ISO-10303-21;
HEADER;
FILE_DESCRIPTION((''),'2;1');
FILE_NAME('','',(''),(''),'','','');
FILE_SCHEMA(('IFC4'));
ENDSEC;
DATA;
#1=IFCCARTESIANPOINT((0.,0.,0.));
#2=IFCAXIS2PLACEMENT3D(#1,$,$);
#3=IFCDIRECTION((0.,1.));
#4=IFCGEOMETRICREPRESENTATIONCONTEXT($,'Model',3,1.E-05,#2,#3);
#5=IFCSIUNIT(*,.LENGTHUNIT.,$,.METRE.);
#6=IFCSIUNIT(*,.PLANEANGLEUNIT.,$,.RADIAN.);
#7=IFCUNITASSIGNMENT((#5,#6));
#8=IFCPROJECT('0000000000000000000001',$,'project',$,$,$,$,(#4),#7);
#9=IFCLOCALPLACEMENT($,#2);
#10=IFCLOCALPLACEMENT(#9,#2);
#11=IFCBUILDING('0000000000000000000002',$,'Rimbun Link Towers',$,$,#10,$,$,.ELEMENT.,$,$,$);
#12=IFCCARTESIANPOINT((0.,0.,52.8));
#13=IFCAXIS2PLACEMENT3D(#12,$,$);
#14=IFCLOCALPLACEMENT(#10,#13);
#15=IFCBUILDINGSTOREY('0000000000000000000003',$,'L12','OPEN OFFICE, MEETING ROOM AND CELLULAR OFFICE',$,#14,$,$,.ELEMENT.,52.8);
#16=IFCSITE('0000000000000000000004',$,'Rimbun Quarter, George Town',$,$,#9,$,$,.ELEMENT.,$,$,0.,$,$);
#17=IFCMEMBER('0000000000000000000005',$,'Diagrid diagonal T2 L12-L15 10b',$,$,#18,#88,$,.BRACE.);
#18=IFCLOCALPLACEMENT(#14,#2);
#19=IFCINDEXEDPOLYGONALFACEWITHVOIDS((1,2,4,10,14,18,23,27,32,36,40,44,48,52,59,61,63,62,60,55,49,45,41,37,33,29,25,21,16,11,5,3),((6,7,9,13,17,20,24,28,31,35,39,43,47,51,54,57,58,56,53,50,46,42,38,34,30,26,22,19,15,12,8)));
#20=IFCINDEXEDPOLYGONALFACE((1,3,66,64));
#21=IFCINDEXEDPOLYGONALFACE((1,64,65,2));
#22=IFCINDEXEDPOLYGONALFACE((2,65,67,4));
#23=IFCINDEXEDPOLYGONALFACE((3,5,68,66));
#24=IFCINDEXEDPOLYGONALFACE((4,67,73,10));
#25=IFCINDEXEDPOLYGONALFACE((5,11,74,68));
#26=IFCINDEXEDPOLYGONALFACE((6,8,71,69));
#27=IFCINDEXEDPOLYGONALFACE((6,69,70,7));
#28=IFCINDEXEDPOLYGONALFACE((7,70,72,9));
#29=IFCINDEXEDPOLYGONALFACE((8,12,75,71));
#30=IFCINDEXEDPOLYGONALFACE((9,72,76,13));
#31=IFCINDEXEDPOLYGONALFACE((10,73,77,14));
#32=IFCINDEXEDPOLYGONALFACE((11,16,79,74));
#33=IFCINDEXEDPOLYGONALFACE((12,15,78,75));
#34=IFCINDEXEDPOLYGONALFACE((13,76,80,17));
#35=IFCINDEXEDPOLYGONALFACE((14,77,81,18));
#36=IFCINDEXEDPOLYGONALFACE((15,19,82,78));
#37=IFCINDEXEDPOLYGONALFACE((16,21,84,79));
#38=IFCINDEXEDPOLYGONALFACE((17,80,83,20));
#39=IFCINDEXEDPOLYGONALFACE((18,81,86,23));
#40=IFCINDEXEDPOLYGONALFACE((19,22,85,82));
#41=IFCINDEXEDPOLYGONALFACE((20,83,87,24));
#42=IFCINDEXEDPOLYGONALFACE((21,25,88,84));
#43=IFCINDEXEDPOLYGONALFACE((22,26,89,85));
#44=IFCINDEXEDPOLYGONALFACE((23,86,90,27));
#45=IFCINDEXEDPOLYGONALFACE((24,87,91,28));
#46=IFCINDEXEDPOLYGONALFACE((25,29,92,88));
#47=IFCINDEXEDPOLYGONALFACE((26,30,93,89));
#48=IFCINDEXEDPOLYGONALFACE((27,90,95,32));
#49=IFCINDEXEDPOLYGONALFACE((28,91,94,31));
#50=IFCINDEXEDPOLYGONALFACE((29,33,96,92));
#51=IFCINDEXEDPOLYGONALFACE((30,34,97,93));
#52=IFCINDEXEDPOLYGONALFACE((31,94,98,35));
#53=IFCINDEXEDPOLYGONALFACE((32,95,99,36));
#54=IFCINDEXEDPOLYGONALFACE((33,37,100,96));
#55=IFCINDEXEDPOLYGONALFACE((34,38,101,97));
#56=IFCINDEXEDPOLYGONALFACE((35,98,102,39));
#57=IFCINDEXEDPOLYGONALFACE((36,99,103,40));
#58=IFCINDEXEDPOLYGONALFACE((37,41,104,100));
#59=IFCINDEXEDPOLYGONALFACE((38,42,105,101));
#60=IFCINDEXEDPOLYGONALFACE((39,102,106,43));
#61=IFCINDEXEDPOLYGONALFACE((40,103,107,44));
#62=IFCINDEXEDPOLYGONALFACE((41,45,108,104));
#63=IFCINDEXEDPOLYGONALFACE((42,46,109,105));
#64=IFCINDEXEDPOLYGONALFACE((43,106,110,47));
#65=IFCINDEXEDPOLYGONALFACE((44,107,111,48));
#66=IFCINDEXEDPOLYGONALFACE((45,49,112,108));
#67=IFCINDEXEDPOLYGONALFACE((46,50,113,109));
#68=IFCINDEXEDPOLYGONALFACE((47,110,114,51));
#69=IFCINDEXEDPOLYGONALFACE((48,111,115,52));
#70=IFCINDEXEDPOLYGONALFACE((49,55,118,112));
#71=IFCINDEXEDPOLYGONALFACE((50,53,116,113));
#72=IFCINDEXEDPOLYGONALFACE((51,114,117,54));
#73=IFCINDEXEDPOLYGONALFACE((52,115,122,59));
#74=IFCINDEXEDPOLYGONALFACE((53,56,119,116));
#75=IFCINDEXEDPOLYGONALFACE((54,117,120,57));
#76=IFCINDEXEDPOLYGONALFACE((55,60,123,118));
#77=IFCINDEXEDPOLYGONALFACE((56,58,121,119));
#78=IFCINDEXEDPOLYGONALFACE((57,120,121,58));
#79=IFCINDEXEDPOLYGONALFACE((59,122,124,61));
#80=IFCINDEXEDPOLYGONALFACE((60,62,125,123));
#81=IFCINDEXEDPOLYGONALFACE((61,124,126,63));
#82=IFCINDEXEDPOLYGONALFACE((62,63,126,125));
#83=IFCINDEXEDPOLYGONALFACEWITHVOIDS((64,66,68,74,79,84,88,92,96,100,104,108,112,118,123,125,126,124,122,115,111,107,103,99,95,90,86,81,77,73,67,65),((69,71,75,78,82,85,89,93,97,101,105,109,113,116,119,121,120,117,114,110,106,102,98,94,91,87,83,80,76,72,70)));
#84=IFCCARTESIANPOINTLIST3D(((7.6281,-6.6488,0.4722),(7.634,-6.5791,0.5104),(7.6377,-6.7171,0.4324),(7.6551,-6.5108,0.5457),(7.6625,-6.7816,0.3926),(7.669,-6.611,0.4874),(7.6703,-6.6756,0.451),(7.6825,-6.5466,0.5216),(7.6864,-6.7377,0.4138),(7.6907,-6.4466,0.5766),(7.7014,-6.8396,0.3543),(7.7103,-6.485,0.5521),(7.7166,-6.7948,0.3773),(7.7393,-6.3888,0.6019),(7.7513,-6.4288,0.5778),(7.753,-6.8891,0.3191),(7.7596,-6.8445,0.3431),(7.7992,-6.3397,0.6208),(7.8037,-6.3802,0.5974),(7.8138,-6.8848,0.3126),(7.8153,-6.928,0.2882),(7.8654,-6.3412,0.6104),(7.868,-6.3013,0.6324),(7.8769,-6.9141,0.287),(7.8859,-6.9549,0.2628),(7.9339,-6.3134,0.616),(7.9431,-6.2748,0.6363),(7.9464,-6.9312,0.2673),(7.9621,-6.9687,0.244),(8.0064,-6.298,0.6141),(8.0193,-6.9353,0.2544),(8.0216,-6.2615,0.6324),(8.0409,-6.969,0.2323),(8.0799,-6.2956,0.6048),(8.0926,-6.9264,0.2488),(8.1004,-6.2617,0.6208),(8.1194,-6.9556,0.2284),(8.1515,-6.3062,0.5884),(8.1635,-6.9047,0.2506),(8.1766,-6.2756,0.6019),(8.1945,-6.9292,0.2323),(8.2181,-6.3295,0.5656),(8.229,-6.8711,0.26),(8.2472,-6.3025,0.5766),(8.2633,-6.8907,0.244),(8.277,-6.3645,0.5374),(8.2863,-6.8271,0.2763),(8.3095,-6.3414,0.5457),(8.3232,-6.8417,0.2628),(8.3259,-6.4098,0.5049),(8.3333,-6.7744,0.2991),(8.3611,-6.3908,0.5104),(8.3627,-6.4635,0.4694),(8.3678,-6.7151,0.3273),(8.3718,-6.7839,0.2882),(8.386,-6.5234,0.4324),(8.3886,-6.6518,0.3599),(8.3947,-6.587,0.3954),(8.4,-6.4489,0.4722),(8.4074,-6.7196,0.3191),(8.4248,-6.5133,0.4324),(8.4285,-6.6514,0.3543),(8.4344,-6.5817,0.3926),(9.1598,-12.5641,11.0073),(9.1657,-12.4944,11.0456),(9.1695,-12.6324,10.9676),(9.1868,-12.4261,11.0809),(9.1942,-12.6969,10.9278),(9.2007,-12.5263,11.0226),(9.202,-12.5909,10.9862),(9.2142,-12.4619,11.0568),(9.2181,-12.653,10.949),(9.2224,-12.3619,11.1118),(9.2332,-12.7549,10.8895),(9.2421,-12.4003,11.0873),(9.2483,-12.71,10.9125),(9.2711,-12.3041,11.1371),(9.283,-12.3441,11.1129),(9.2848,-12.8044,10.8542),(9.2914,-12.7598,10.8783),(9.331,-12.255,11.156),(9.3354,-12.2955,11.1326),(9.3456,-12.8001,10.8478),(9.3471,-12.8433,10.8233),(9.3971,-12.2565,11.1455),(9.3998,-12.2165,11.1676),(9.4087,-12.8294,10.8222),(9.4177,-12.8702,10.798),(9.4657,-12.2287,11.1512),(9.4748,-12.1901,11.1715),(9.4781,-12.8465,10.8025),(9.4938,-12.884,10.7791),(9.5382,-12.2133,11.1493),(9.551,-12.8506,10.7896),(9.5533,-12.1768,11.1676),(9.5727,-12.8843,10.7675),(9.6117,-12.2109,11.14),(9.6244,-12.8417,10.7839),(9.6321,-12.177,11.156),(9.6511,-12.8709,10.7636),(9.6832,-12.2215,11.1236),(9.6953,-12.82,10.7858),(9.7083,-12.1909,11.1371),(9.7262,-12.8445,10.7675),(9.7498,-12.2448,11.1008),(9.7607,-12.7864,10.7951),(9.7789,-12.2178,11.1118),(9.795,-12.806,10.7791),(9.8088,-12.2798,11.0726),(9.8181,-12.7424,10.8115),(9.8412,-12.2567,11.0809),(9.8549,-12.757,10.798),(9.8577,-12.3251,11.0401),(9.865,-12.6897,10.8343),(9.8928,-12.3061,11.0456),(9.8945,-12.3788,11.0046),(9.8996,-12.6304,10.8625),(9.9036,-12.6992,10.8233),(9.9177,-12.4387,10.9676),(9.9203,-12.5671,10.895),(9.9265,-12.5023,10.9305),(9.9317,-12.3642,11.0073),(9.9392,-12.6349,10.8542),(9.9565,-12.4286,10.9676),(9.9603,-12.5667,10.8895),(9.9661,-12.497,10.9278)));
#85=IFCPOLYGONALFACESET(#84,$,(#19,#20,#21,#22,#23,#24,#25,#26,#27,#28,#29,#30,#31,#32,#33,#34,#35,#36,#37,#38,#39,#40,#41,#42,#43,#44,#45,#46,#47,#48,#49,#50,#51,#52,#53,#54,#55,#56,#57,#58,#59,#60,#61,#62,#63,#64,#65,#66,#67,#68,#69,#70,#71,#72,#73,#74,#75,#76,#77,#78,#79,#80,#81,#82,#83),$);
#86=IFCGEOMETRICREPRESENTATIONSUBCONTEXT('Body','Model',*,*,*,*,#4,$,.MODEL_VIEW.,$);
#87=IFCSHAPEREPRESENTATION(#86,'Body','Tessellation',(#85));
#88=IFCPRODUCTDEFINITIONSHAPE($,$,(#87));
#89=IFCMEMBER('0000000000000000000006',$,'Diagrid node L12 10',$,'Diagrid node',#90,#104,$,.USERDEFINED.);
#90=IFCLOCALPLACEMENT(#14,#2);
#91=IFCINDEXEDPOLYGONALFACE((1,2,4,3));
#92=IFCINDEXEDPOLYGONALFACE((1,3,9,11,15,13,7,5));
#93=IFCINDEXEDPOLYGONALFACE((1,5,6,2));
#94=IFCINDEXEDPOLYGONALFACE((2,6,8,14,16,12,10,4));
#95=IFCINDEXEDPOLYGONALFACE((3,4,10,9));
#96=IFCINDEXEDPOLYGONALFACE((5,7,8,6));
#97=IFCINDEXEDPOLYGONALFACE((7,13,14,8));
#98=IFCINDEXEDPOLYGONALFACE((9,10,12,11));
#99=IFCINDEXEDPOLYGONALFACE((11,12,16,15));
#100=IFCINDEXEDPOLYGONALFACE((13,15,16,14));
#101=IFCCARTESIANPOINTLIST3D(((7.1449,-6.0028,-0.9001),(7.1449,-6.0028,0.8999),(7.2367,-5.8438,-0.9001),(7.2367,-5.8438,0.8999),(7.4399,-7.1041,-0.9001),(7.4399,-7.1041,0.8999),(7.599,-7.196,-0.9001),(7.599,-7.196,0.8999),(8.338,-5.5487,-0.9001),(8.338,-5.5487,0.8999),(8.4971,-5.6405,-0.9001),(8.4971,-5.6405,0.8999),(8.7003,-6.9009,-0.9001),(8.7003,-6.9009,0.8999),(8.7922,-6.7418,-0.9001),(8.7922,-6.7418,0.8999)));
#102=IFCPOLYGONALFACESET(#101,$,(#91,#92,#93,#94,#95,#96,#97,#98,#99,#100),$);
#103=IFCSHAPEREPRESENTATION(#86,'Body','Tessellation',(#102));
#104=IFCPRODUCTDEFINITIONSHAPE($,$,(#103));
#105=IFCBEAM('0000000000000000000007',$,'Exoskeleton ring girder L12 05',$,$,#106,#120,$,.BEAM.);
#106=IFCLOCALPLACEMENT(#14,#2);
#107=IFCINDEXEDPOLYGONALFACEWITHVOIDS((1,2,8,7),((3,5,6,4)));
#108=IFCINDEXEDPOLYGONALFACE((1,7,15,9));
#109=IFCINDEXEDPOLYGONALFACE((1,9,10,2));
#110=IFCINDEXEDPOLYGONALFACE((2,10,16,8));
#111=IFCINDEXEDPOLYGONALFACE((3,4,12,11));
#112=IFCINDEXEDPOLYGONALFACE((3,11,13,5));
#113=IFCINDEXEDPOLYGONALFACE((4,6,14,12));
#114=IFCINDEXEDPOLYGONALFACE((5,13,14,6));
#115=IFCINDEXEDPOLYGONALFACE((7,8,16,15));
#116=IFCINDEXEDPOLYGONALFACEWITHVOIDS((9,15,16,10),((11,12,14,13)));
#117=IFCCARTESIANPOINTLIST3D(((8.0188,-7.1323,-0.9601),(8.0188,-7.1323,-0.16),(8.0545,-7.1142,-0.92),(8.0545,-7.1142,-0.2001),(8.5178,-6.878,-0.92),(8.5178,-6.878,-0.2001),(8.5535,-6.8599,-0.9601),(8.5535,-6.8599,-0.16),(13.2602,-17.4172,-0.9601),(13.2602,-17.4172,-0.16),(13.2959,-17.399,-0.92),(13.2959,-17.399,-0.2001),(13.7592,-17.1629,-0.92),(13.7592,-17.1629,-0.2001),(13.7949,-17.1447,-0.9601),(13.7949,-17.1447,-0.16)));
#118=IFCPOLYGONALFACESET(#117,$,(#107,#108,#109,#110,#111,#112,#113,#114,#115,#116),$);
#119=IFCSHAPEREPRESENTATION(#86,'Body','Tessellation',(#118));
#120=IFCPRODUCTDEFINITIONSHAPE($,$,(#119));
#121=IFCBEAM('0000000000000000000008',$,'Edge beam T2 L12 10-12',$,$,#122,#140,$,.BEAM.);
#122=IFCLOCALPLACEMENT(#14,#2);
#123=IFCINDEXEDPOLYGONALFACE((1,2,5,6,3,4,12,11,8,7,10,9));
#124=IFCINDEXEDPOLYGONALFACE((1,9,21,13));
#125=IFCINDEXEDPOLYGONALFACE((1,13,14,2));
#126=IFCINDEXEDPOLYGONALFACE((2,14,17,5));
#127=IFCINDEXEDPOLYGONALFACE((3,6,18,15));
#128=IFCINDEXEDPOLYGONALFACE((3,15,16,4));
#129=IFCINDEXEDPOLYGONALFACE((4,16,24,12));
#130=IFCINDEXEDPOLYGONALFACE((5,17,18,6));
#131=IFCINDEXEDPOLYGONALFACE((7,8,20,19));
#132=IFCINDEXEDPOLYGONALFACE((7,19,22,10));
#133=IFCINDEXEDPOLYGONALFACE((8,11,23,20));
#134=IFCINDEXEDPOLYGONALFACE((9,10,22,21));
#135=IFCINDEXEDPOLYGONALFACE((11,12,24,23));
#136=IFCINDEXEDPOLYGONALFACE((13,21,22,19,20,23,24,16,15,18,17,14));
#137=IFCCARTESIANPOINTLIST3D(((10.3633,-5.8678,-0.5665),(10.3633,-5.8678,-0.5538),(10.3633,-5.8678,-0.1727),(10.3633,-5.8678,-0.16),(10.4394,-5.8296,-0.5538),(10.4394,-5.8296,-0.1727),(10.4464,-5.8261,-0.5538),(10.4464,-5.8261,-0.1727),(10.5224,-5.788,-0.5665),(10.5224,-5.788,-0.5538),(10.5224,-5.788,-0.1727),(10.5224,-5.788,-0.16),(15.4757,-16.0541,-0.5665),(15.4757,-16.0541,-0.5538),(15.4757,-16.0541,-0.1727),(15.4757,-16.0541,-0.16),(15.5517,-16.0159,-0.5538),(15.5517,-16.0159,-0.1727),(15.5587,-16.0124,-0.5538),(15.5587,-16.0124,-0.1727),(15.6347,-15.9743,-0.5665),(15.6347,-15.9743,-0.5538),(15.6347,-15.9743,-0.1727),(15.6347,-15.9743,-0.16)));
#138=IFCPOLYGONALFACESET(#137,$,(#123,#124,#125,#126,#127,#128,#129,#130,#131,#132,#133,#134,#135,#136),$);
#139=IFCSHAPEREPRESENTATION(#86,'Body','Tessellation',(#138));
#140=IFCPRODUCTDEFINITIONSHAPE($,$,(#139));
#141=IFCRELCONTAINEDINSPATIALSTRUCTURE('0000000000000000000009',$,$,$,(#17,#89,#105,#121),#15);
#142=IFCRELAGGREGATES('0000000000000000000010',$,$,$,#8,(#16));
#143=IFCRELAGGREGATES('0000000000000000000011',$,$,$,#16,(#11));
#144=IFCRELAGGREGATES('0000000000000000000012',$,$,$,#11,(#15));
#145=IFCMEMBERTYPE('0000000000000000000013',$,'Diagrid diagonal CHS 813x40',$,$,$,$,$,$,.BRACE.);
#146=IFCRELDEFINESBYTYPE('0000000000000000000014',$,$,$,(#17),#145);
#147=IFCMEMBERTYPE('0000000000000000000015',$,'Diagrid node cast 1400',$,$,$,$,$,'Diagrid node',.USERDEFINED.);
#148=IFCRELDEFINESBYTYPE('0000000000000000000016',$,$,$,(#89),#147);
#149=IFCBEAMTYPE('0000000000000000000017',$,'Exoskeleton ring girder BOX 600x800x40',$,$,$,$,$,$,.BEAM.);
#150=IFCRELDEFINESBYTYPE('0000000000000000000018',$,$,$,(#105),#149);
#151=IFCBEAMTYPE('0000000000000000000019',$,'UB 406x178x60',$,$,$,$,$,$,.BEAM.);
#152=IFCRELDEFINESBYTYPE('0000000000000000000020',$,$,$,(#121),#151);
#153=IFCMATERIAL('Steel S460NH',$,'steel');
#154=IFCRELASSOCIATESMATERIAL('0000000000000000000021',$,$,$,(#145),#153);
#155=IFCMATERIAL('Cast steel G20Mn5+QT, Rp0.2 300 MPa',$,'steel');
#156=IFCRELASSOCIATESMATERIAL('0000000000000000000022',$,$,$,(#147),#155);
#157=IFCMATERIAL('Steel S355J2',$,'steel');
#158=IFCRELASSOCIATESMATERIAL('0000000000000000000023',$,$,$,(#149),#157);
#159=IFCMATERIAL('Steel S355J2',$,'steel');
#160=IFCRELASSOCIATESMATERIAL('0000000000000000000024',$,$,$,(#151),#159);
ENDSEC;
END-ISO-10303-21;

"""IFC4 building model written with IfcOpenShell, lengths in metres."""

from ifc_helpers import new_model, si_unit, direction, frame, origin, origin_2d, place, context, subcontext, project, spatial, polyline, hollow_rectangle, hollow_circle, i_section, outline, extrude, material, material_profile, profile_set, type_object, element, save


model = new_model("IFC4")

# Units and contexts
model_context = context("Model", 3, precision=1e-05, world=origin(), true_north=direction((0.0, 1.0)))
body_context = subcontext(model_context, "Body", "Model", "MODEL_VIEW")
ifc_project = project(units=[si_unit("LENGTHUNIT", "METRE"), si_unit("PLANEANGLEUNIT", "RADIAN")], contexts=[model_context])

# Site, building, storey
site_placement = place(None, origin())
site = spatial("IfcSite", under=ifc_project, at=site_placement, Name="Rimbun Quarter, George Town", CompositionType="ELEMENT", RefElevation=0.0)
building_placement = place(site_placement, origin())
building = spatial("IfcBuilding", under=site, at=building_placement, Name="Rimbun Link Towers", CompositionType="ELEMENT")
storey_placement = place(building_placement, frame((0.0, 0.0, 52.8)))
storey = spatial("IfcBuildingStorey", under=building, at=storey_placement, Name="L12", Description="OPEN OFFICE, MEETING ROOM AND CELLULAR OFFICE", CompositionType="ELEMENT", Elevation=52.8)

# Members
ifc_material_1 = material(Name="Steel S460NH", Category="steel")
ifc_material_profile_1 = material_profile(ifc_material_1, hollow_circle(Radius=0.4065, WallThickness=0.04, at=origin_2d()), Name="Diagrid diagonal CHS 813x40")
ifc_profile_set_1 = profile_set([ifc_material_profile_1], Name="Steel S460NH")
member_type_1 = type_object("IfcMemberType", Name="Diagrid diagonal CHS 813x40", PredefinedType="BRACE", material=ifc_profile_set_1)
member_1_placement = place(storey_placement, frame((8.0312, -6.6152, 0.4324), z_axis=(0.12577, -0.485698, 0.865031), x_axis=(0.968071, 0.250678, 0.0)))
element("IfcMember", 1, at=member_1_placement, inside=storey, type_object=member_type_1, Name="Diagrid diagonal T2 L12-L15 10b", PredefinedType="BRACE", context=body_context, shape_type="SweptSolid", body=[
    extrude(hollow_circle(Radius=0.4065, WallThickness=0.04, at=origin_2d()), origin(), (0.0, 0.0, 1.0), 12.179),
])
ifc_material_2 = material(Name="Cast steel G20Mn5+QT, Rp0.2 300 MPa", Category="steel")
ifc_material_profile_2 = material_profile(ifc_material_2, outline(polyline([(0.7, -0.5701), (0.7, 0.5701), (0.5701, 0.7), (-0.5701, 0.7), (-0.7, 0.5701), (-0.7, -0.5701), (-0.5701, -0.7), (0.5701, -0.7), (0.7, -0.5701)])), Name="NODE 1400x1400")
ifc_profile_set_2 = profile_set([ifc_material_profile_2], Name="Cast steel G20Mn5+QT, Rp0.2 300 MPa")
member_type_2 = type_object("IfcMemberType", Name="Diagrid node cast 1400", ElementType="Diagrid node", PredefinedType="USERDEFINED", material=ifc_profile_set_2)
member_2_placement = place(storey_placement, frame((7.9685, -6.3723, -0.9001), z_axis=(0.0, 0.0, 1.0), x_axis=(-0.965926, -0.258819, 0.0)))
element("IfcMember", 2, at=member_2_placement, inside=storey, type_object=member_type_2, Name="Diagrid node L12 10", ObjectType="Diagrid node", PredefinedType="USERDEFINED", context=body_context, shape_type="SweptSolid", body=[
    extrude(outline(polyline([(0.7, -0.5701), (0.7, 0.5701), (0.5701, 0.7), (-0.5701, 0.7), (-0.7, 0.5701), (-0.7, -0.5701), (-0.5701, -0.7), (0.5701, -0.7), (0.7, -0.5701)])), origin(), (0.0, 0.0, 1.0), 1.8),
])

# Beams
ifc_material_3 = material(Name="Steel S355J2", Category="steel")
ifc_material_profile_3 = material_profile(ifc_material_3, hollow_rectangle(XDim=0.6001, YDim=0.8, WallThickness=0.04, at=origin_2d()), Name="Exoskeleton ring girder BOX 600x800x40")
ifc_profile_set_3 = profile_set([ifc_material_profile_3], Name="Steel S355J2")
beam_type_1 = type_object("IfcBeamType", Name="Exoskeleton ring girder BOX 600x800x40", PredefinedType="BEAM", material=ifc_profile_set_3)
beam_1_placement = place(storey_placement, frame((8.2861, -6.9961, -0.5601), z_axis=(0.454061, -0.89097, 0.0), x_axis=(0.89097, 0.454061, 0.0)))
element("IfcBeam", 3, at=beam_1_placement, inside=storey, type_object=beam_type_1, Name="Exoskeleton ring girder L12 05", PredefinedType="BEAM", context=body_context, shape_type="SweptSolid", body=[
    extrude(hollow_rectangle(XDim=0.6001, YDim=0.8, WallThickness=0.04, at=origin_2d()), origin(), (0.0, 0.0, 1.0), 11.5435),
])
ifc_material_4 = material(Name="Steel S355J2", Category="steel")
ifc_material_profile_4 = material_profile(ifc_material_4, i_section(OverallWidth=0.178, OverallDepth=0.4065, WebThickness=0.0078, FlangeThickness=0.0127, at=origin_2d()), Name="UB 406x178x60")
ifc_profile_set_4 = profile_set([ifc_material_profile_4], Name="Steel S355J2")
beam_type_2 = type_object("IfcBeamType", Name="UB 406x178x60", PredefinedType="BEAM", material=ifc_profile_set_4)
beam_2_placement = place(storey_placement, frame((10.4429, -5.8279, -0.3633), z_axis=(0.448558, -0.893754, 0.0), x_axis=(0.893754, 0.448558, 0.0)))
element("IfcBeam", 4, at=beam_2_placement, inside=storey, type_object=beam_type_2, Name="Edge beam T2 L12 10-12", PredefinedType="BEAM", context=body_context, shape_type="SweptSolid", body=[
    extrude(i_section(OverallWidth=0.178, OverallDepth=0.4065, WebThickness=0.0078, FlangeThickness=0.0127, at=origin_2d()), origin(), (0.0, 0.0, 1.0), 11.3972),
])

save(model, "model.ifc")
